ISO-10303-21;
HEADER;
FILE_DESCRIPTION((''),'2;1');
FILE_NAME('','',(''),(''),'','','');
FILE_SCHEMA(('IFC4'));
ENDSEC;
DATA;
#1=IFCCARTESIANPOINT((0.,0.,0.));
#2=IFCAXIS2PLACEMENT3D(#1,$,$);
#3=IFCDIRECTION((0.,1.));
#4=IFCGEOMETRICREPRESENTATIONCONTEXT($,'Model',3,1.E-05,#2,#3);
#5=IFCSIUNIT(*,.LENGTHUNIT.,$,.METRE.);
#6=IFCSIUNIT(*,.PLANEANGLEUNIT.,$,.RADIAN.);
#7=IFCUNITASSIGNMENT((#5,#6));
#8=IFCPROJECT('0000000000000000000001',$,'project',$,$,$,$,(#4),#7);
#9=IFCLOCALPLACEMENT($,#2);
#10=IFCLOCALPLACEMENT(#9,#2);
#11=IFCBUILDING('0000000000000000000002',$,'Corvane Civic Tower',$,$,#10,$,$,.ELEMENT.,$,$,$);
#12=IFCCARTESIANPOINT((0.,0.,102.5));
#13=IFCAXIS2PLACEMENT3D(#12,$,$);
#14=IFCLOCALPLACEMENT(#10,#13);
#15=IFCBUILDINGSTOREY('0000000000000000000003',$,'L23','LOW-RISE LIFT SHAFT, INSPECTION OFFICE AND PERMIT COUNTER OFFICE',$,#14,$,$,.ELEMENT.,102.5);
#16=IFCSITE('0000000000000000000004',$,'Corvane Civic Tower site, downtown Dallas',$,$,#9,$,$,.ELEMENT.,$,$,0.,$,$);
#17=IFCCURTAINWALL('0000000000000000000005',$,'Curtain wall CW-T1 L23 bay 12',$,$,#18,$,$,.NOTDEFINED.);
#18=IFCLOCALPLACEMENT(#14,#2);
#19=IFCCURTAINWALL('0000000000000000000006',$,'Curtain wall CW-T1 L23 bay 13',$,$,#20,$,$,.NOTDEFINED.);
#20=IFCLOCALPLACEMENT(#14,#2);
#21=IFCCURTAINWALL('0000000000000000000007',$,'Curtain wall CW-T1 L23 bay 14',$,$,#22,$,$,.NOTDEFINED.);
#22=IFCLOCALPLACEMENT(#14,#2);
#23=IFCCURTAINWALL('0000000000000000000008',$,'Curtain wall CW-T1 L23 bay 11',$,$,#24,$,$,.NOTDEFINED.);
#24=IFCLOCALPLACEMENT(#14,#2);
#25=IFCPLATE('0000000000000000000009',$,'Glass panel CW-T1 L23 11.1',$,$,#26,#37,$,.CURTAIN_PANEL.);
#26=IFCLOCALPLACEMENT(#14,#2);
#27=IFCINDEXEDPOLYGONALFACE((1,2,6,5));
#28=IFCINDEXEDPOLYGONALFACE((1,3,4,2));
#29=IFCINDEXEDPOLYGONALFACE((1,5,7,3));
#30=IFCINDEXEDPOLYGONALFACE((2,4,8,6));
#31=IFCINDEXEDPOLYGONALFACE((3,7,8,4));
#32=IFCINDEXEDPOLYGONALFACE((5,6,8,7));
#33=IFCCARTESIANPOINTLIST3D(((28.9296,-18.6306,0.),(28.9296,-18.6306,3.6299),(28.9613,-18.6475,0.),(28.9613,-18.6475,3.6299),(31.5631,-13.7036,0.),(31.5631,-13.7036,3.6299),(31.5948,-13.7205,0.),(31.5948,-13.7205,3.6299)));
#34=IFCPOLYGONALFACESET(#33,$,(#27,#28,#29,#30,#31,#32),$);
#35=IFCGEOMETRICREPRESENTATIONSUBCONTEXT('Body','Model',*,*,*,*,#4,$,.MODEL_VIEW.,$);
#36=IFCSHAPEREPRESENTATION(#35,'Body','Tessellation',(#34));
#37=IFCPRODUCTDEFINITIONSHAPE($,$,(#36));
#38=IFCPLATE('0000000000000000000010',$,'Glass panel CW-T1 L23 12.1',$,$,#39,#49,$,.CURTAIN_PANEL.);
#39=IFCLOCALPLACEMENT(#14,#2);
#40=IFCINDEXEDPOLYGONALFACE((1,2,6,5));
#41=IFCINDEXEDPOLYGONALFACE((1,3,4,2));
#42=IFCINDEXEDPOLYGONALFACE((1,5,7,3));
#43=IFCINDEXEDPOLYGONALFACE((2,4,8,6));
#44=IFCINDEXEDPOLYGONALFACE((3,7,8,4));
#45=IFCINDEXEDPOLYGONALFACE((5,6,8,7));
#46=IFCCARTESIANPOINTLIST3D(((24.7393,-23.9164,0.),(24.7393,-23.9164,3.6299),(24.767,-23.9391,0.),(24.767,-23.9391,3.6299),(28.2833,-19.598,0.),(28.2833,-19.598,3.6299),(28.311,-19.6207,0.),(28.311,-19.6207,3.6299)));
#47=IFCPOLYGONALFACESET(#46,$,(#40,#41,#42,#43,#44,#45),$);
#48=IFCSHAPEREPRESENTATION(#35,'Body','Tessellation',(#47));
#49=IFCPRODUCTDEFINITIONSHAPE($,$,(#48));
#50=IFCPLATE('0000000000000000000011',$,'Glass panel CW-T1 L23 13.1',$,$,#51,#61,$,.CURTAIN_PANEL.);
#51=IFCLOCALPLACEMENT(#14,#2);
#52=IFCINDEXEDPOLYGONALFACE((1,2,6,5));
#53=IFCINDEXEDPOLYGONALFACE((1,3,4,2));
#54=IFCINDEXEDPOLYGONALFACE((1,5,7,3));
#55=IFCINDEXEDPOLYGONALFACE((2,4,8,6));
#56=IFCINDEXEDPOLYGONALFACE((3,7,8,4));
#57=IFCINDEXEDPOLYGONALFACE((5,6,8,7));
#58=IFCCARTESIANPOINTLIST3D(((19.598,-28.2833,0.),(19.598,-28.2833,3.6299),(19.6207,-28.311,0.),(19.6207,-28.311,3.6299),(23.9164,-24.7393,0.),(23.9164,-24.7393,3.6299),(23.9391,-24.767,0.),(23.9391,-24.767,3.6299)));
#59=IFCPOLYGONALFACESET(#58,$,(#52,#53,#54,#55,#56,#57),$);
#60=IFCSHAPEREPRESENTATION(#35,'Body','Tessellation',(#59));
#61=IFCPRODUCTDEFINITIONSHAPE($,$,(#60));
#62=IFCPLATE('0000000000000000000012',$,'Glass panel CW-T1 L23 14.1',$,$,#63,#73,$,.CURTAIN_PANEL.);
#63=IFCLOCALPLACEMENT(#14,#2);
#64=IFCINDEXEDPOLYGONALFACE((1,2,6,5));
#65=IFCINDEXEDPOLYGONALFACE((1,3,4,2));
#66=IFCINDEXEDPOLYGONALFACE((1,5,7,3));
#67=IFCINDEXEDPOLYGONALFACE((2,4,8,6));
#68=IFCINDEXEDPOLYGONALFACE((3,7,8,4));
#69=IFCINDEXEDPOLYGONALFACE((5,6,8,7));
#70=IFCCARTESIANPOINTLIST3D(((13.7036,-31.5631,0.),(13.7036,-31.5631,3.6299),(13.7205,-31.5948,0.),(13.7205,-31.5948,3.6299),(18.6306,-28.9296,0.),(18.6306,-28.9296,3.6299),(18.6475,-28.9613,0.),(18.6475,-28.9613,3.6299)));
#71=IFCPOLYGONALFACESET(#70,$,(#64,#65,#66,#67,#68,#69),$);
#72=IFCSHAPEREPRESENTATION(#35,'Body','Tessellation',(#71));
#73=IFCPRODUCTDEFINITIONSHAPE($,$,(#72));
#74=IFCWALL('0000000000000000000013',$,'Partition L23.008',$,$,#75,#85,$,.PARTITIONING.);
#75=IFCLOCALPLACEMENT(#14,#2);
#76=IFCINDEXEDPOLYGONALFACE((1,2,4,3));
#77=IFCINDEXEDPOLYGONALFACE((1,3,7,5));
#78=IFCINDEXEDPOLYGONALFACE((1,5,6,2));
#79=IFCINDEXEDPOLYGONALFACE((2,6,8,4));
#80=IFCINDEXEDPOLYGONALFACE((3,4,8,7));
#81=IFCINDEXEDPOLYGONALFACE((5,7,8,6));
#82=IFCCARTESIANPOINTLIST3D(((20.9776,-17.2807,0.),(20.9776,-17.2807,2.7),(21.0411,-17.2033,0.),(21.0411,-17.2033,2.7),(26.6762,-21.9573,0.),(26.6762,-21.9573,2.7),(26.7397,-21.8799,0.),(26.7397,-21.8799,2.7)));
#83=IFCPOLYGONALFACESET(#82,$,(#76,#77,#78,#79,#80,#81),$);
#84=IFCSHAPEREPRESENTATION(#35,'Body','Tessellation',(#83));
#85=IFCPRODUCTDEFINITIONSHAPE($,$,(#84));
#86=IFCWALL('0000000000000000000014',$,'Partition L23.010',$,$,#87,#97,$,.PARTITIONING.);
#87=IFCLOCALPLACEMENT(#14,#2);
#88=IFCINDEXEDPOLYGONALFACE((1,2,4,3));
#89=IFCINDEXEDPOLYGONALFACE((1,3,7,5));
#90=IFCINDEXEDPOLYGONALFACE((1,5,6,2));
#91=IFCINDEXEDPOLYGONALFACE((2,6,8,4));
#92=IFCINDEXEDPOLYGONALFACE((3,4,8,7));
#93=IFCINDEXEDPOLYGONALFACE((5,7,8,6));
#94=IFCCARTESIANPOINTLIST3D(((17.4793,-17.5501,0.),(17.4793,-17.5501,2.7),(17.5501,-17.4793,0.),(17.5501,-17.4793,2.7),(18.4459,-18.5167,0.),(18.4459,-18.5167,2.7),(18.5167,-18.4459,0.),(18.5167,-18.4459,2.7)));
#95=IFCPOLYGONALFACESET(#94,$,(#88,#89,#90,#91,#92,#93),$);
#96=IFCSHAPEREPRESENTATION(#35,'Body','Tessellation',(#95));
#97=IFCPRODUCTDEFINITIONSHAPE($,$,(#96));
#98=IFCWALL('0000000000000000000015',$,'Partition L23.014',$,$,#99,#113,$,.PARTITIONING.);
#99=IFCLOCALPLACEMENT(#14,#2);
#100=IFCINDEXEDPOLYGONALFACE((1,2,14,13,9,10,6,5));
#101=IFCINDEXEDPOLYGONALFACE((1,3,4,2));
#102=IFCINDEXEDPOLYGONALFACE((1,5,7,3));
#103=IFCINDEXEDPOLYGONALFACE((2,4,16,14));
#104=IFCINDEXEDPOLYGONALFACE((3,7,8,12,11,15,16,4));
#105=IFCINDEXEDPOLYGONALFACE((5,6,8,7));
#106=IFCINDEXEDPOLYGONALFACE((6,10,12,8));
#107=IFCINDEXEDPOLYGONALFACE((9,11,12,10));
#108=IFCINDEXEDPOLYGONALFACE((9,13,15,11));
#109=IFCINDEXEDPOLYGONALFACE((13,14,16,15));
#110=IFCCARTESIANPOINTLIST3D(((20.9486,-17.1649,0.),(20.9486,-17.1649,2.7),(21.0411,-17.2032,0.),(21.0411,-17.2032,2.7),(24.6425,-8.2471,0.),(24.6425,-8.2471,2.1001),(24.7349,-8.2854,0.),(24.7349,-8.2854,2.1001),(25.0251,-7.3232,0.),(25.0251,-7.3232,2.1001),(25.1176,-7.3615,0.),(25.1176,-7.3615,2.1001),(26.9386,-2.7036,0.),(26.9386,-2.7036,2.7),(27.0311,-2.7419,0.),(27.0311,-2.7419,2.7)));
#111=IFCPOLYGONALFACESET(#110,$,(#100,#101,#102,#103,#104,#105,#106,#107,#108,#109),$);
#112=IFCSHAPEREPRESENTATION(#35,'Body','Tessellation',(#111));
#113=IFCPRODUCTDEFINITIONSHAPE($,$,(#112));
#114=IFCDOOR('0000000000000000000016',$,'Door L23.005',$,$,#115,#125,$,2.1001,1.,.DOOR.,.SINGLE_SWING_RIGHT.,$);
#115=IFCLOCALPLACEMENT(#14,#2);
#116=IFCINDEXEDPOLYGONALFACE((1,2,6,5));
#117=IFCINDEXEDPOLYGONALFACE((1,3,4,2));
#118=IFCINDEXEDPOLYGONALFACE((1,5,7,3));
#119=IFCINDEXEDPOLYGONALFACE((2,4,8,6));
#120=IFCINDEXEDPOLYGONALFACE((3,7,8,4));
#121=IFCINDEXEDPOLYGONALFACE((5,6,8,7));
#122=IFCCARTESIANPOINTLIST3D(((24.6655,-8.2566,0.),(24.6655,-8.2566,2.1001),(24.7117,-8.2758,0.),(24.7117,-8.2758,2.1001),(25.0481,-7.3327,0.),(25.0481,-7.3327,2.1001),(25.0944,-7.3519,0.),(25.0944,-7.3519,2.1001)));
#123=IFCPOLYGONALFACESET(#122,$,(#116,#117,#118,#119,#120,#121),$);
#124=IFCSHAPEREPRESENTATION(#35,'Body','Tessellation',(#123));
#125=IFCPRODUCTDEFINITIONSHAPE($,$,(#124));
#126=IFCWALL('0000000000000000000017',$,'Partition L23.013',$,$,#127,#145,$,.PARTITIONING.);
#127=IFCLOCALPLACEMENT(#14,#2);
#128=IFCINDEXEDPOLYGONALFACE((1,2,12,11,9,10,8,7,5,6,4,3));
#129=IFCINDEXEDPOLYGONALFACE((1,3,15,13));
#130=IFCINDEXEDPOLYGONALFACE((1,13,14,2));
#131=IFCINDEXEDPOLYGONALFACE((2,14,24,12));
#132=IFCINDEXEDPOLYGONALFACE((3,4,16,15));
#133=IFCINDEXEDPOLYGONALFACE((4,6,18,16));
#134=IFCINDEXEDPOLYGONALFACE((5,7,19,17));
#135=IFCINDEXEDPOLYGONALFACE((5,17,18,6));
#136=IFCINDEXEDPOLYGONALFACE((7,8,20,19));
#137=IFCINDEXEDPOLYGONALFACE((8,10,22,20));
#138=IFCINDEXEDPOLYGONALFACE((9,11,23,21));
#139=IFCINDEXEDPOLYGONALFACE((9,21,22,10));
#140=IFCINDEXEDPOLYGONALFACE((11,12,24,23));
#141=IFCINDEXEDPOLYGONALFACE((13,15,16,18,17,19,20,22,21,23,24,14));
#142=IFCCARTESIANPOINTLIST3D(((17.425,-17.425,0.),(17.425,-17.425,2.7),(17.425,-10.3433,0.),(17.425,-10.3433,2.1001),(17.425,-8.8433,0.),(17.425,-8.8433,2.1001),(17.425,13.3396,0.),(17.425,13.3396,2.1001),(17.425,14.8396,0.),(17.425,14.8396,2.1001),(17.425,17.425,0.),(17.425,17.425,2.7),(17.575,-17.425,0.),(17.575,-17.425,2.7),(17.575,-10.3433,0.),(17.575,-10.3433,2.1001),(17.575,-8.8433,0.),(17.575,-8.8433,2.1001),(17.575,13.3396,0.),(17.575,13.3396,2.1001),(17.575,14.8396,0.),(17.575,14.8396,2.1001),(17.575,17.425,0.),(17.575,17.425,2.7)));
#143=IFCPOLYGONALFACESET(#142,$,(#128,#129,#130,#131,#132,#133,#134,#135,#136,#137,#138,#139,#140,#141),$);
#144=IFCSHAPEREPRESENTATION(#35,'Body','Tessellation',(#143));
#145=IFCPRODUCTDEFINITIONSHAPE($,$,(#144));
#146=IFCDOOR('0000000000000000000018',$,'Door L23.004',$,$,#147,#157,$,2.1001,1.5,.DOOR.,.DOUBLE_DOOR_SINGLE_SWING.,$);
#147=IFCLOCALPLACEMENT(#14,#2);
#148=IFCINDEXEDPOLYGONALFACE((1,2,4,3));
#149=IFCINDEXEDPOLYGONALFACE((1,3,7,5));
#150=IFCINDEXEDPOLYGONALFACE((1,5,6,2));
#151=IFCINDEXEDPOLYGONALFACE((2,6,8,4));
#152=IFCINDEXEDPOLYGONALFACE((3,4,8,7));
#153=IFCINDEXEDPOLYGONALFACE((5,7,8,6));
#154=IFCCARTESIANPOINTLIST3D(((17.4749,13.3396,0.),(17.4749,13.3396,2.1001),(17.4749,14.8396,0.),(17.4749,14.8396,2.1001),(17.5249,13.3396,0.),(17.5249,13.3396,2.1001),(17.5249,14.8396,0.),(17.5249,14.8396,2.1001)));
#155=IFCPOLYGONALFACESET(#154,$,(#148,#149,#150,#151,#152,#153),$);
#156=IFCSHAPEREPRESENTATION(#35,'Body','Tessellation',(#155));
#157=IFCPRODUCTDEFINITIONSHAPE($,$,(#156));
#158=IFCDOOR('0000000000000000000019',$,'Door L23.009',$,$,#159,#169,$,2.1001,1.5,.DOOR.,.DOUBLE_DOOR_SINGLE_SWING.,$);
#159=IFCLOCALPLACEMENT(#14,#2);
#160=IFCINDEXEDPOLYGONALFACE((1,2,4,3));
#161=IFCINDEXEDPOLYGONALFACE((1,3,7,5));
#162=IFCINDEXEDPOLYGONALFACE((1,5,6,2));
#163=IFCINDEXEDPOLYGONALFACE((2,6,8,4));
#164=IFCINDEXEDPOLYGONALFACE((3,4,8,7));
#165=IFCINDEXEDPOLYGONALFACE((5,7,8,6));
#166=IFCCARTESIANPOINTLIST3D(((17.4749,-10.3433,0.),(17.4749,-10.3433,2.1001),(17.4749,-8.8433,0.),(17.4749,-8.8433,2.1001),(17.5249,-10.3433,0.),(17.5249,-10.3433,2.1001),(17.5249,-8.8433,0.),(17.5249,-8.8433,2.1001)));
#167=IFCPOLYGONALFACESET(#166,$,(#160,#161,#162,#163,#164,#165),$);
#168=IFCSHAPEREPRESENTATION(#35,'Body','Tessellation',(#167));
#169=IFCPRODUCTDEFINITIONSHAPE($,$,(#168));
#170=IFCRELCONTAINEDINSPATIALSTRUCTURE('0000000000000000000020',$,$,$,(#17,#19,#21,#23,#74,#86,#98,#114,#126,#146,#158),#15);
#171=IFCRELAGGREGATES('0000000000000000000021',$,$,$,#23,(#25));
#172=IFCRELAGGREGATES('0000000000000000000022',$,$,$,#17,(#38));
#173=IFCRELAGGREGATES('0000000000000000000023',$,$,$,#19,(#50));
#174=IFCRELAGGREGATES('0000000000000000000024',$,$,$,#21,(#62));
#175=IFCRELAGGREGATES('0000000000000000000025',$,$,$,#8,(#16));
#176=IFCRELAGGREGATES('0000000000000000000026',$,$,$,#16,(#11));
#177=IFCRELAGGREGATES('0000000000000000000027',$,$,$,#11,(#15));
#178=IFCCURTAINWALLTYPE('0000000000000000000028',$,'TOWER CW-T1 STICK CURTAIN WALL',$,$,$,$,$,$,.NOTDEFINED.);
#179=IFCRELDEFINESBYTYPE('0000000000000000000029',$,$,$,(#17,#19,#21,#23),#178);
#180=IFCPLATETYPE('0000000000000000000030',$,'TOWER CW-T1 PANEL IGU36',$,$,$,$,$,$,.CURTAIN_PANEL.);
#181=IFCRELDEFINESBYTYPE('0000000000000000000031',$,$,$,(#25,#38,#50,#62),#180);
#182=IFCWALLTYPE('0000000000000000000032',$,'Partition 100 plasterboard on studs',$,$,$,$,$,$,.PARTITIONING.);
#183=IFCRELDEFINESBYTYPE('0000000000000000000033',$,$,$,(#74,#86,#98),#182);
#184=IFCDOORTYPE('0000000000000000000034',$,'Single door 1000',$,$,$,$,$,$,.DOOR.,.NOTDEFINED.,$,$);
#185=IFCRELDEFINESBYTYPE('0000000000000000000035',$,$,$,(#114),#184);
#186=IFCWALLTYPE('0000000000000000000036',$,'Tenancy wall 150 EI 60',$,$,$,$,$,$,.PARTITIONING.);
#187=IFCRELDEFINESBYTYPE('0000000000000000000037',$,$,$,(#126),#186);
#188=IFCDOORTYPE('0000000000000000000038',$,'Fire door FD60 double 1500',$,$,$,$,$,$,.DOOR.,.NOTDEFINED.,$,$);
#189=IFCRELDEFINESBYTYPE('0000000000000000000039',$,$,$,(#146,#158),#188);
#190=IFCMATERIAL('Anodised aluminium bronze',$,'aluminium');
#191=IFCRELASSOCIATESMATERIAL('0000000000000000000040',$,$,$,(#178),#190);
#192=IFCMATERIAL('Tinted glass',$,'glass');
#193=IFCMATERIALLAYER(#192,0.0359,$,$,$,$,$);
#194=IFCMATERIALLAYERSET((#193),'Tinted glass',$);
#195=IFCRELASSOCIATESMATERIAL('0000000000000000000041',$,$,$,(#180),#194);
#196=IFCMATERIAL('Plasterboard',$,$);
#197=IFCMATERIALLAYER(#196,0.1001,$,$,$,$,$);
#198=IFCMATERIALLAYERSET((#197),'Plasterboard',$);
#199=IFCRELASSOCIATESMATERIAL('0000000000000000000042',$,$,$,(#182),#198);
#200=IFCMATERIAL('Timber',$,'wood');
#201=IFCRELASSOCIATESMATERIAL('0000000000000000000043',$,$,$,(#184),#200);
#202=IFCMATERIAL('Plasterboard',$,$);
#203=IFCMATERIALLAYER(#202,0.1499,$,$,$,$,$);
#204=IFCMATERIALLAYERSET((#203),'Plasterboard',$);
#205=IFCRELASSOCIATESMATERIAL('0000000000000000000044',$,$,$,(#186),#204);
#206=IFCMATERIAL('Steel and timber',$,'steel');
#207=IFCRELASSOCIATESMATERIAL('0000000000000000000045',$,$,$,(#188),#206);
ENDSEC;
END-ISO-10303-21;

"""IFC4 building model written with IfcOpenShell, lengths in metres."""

from ifc_helpers import new_model, si_unit, direction, frame, frame_2d, origin, origin_2d, place, context, subcontext, project, spatial, rectangle, extrude, material, layer, layer_set, type_object, element, fill, aggregate, save


model = new_model("IFC4")

# Units and contexts
model_context = context("Model", 3, precision=1e-05, world=origin(), true_north=direction((0.0, 1.0)))
body_context = subcontext(model_context, "Body", "Model", "MODEL_VIEW")
ifc_project = project(units=[si_unit("LENGTHUNIT", "METRE"), si_unit("PLANEANGLEUNIT", "RADIAN")], contexts=[model_context])

# Site, building, storey
site_placement = place(None, origin())
site = spatial("IfcSite", under=ifc_project, at=site_placement, Name="Corvane Civic Tower site, downtown Dallas", CompositionType="ELEMENT", RefElevation=0.0)
building_placement = place(site_placement, origin())
building = spatial("IfcBuilding", under=site, at=building_placement, Name="Corvane Civic Tower", CompositionType="ELEMENT")
storey_placement = place(building_placement, frame((0.0, 0.0, 102.5)))
storey = spatial("IfcBuildingStorey", under=building, at=storey_placement, Name="L23", Description="LOW-RISE LIFT SHAFT, INSPECTION OFFICE AND PERMIT COUNTER OFFICE", CompositionType="ELEMENT", Elevation=102.5)

# Curtain walls
ifc_material_1 = material(Name="Anodised aluminium bronze", Category="aluminium")
curtain_wall_type = type_object("IfcCurtainWallType", Name="TOWER CW-T1 STICK CURTAIN WALL", PredefinedType="NOTDEFINED", material=ifc_material_1)
curtain_wall_1_placement = place(storey_placement, origin())
curtain_wall_1 = element("IfcCurtainWall", 1, at=curtain_wall_1_placement, inside=storey, type_object=curtain_wall_type, Name="Curtain wall CW-T1 L23 bay 12", PredefinedType="NOTDEFINED")
curtain_wall_2_placement = place(storey_placement, origin())
curtain_wall_2 = element("IfcCurtainWall", 2, at=curtain_wall_2_placement, inside=storey, type_object=curtain_wall_type, Name="Curtain wall CW-T1 L23 bay 13", PredefinedType="NOTDEFINED")
curtain_wall_3_placement = place(storey_placement, origin())
curtain_wall_3 = element("IfcCurtainWall", 3, at=curtain_wall_3_placement, inside=storey, type_object=curtain_wall_type, Name="Curtain wall CW-T1 L23 bay 14", PredefinedType="NOTDEFINED")

# Curtain wall, plate
curtain_wall_4_placement = place(storey_placement, origin())
curtain_wall_4 = element("IfcCurtainWall", 4, at=curtain_wall_4_placement, inside=storey, type_object=curtain_wall_type, Name="Curtain wall CW-T1 L23 bay 11", PredefinedType="NOTDEFINED")
ifc_material_2 = material(Name="Tinted glass", Category="glass")
ifc_layer_1 = layer(ifc_material_2, 0.0359)
ifc_layer_set_1 = layer_set([ifc_layer_1], Name="Tinted glass")
plate_type = type_object("IfcPlateType", Name="TOWER CW-T1 PANEL IGU36", PredefinedType="CURTAIN_PANEL", material=ifc_layer_set_1)
plate_1_placement = place(storey_placement, frame((30.2622, -16.1755, 0.0), z_axis=(0.0, 0.0, 1.0), x_axis=(-0.471392, -0.881924, 0.0)))
plate_1 = element("IfcPlate", 5, at=plate_1_placement, type_object=plate_type, Name="Glass panel CW-T1 L23 11.1", PredefinedType="CURTAIN_PANEL", context=body_context, shape_type="SweptSolid", body=[
    extrude(rectangle(XDim=5.5867, YDim=0.0359, at=origin_2d()), origin(), (0.0, 0.0, 1.0), 3.6299),
])
aggregate(curtain_wall_4, [plate_1])

# Plates
plate_2_placement = place(storey_placement, frame((26.5251, -21.7686, 0.0), z_axis=(0.0, 0.0, 1.0), x_axis=(-0.63439, -0.773013, 0.0)))
plate_2 = element("IfcPlate", 6, at=plate_2_placement, type_object=plate_type, Name="Glass panel CW-T1 L23 12.1", PredefinedType="CURTAIN_PANEL", context=body_context, shape_type="SweptSolid", body=[
    extrude(rectangle(XDim=5.5864, YDim=0.0359, at=origin_2d()), origin(), (0.0, 0.0, 1.0), 3.6299),
])
aggregate(curtain_wall_1, [plate_2])
plate_3_placement = place(storey_placement, frame((21.7686, -26.5251, 0.0), z_axis=(0.0, 0.0, 1.0), x_axis=(-0.773013, -0.63439, 0.0)))
plate_3 = element("IfcPlate", 7, at=plate_3_placement, type_object=plate_type, Name="Glass panel CW-T1 L23 13.1", PredefinedType="CURTAIN_PANEL", context=body_context, shape_type="SweptSolid", body=[
    extrude(rectangle(XDim=5.5864, YDim=0.0359, at=origin_2d()), origin(), (0.0, 0.0, 1.0), 3.6299),
])
aggregate(curtain_wall_2, [plate_3])
plate_4_placement = place(storey_placement, frame((16.1755, -30.2622, 0.0), z_axis=(0.0, 0.0, 1.0), x_axis=(-0.881924, -0.471392, 0.0)))
plate_4 = element("IfcPlate", 8, at=plate_4_placement, type_object=plate_type, Name="Glass panel CW-T1 L23 14.1", PredefinedType="CURTAIN_PANEL", context=body_context, shape_type="SweptSolid", body=[
    extrude(rectangle(XDim=5.5867, YDim=0.0359, at=origin_2d()), origin(), (0.0, 0.0, 1.0), 3.6299),
])
aggregate(curtain_wall_3, [plate_4])

# Walls
ifc_material_3 = material(Name="Plasterboard")
ifc_layer_2 = layer(ifc_material_3, 0.1001)
ifc_layer_set_2 = layer_set([ifc_layer_2], Name="Plasterboard")
wall_type_1 = type_object("IfcWallType", Name="Partition 100 plasterboard on studs", PredefinedType="PARTITIONING", material=ifc_layer_set_2)
wall_1_placement = place(storey_placement, frame((21.0093, -17.2419, 0.0), z_axis=(0.0, 0.0, 1.0), x_axis=(0.773018, -0.634384, 0.0)))
element("IfcWall", 9, at=wall_1_placement, inside=storey, type_object=wall_type_1, Name="Partition L23.008", PredefinedType="PARTITIONING", context=body_context, shape_type="SweptSolid", body=[
    extrude(rectangle(XDim=7.3718, YDim=0.1001, at=frame_2d((3.686, 0.0))), origin(), (0.0, 0.0, 1.0), 2.7),
])
wall_2_placement = place(storey_placement, frame((17.5146, -17.5146, 0.0), z_axis=(0.0, 0.0, 1.0), x_axis=(0.707107, -0.707107, 0.0)))
element("IfcWall", 10, at=wall_2_placement, inside=storey, type_object=wall_type_1, Name="Partition L23.010", PredefinedType="PARTITIONING", context=body_context, shape_type="SweptSolid", body=[
    extrude(rectangle(XDim=1.3669, YDim=0.1001, at=frame_2d((0.6836, 0.0))), origin(), (0.0, 0.0, 1.0), 2.7),
])

# Wall, opening, door
wall_3_placement = place(storey_placement, frame((20.9949, -17.1841, 0.0), z_axis=(0.0, 0.0, 1.0), x_axis=(0.382676, 0.923882, 0.0)))
wall_3 = element("IfcWall", 11, at=wall_3_placement, inside=storey, type_object=wall_type_1, Name="Partition L23.014", PredefinedType="PARTITIONING", context=body_context, shape_type="SweptSolid", body=[
    extrude(rectangle(XDim=15.6528, YDim=0.1001, at=frame_2d((7.8264, 0.0))), origin(), (0.0, 0.0, 1.0), 2.7),
])
opening_1_placement = place(wall_3_placement, frame((9.6526, 0.0, 0.0)))
opening_1 = element("IfcOpeningElement", 12, at=opening_1_placement, cuts=wall_3, PredefinedType="OPENING", context=body_context, shape_type="SweptSolid", body=[
    extrude(rectangle(XDim=1.0, YDim=2.1001, at=frame_2d((0.5, 1.05))), frame((0.0, 0.0601, 0.0), z_axis=(0.0, -1.0, 0.0), x_axis=(1.0, 0.0, 0.0)), (0.0, 0.0, 1.0), 0.1201),
])
ifc_material_4 = material(Name="Timber", Category="wood")
door_type_1 = type_object("IfcDoorType", Name="Single door 1000", OperationType="NOTDEFINED", PredefinedType="DOOR", material=ifc_material_4)
door_1_placement = place(opening_1_placement, frame((1.0, 0.0, 0.0), z_axis=(0.0, 0.0, 1.0), x_axis=(-1.0, 0.0, 0.0)))
door_1 = element("IfcDoor", 13, at=door_1_placement, inside=storey, type_object=door_type_1, Name="Door L23.005", OperationType="SINGLE_SWING_RIGHT", OverallHeight=2.1001, OverallWidth=1.0, PredefinedType="DOOR", context=body_context, shape_type="SweptSolid", body=[
    extrude(rectangle(XDim=1.0, YDim=2.1001, at=frame_2d((0.5, 1.05))), frame((0.0, 0.0249, 0.0), z_axis=(0.0, -1.0, 0.0), x_axis=(1.0, 0.0, 0.0)), (0.0, 0.0, 1.0), 0.05),
])
fill(opening_1, door_1)

# Wall, openings, doors
ifc_material_5 = material(Name="Plasterboard")
ifc_layer_3 = layer(ifc_material_5, 0.1499)
ifc_layer_set_3 = layer_set([ifc_layer_3], Name="Plasterboard")
wall_type_2 = type_object("IfcWallType", Name="Tenancy wall 150 EI 60", PredefinedType="PARTITIONING", material=ifc_layer_set_3)
wall_4_placement = place(storey_placement, frame((17.5, -17.425, 0.0), z_axis=(0.0, 0.0, 1.0), x_axis=(0.0, 1.0, 0.0)))
wall_4 = element("IfcWall", 14, at=wall_4_placement, inside=storey, type_object=wall_type_2, Name="Partition L23.013", PredefinedType="PARTITIONING", context=body_context, shape_type="SweptSolid", body=[
    extrude(rectangle(XDim=34.8501, YDim=0.1499, at=frame_2d((17.425, 0.0))), origin(), (0.0, 0.0, 1.0), 2.7),
])
opening_2_placement = place(wall_4_placement, frame((30.7646, 0.0, 0.0)))
opening_2 = element("IfcOpeningElement", 15, at=opening_2_placement, cuts=wall_4, PredefinedType="OPENING", context=body_context, shape_type="SweptSolid", body=[
    extrude(rectangle(XDim=1.5, YDim=2.1001, at=frame_2d((0.75, 1.05))), frame((0.0, 0.085, 0.0), z_axis=(0.0, -1.0, 0.0), x_axis=(1.0, 0.0, 0.0)), (0.0, 0.0, 1.0), 0.1699),
])
opening_3_placement = place(wall_4_placement, frame((7.0818, 0.0, 0.0)))
opening_3 = element("IfcOpeningElement", 16, at=opening_3_placement, cuts=wall_4, PredefinedType="OPENING", context=body_context, shape_type="SweptSolid", body=[
    extrude(rectangle(XDim=1.5, YDim=2.1001, at=frame_2d((0.75, 1.05))), frame((0.0, 0.085, 0.0), z_axis=(0.0, -1.0, 0.0), x_axis=(1.0, 0.0, 0.0)), (0.0, 0.0, 1.0), 0.1699),
])
ifc_material_6 = material(Name="Steel and timber", Category="steel")
door_type_2 = type_object("IfcDoorType", Name="Fire door FD60 double 1500", OperationType="NOTDEFINED", PredefinedType="DOOR", material=ifc_material_6)
door_2_placement = place(opening_2_placement, frame((1.5, 0.0, 0.0), z_axis=(0.0, 0.0, 1.0), x_axis=(-1.0, 0.0, 0.0)))
door_2 = element("IfcDoor", 17, at=door_2_placement, inside=storey, type_object=door_type_2, Name="Door L23.004", OperationType="DOUBLE_DOOR_SINGLE_SWING", OverallHeight=2.1001, OverallWidth=1.5, PredefinedType="DOOR", context=body_context, shape_type="SweptSolid", body=[
    extrude(rectangle(XDim=1.5, YDim=2.1001, at=frame_2d((0.75, 1.05))), frame((0.0, 0.0249, 0.0), z_axis=(0.0, -1.0, 0.0), x_axis=(1.0, 0.0, 0.0)), (0.0, 0.0, 1.0), 0.05),
])
fill(opening_2, door_2)
door_3_placement = place(opening_3_placement, frame((1.5, 0.0, 0.0), z_axis=(0.0, 0.0, 1.0), x_axis=(-1.0, 0.0, 0.0)))
door_3 = element("IfcDoor", 18, at=door_3_placement, inside=storey, type_object=door_type_2, Name="Door L23.009", OperationType="DOUBLE_DOOR_SINGLE_SWING", OverallHeight=2.1001, OverallWidth=1.5, PredefinedType="DOOR", context=body_context, shape_type="SweptSolid", body=[
    extrude(rectangle(XDim=1.5, YDim=2.1001, at=frame_2d((0.75, 1.05))), frame((0.0, 0.0249, 0.0), z_axis=(0.0, -1.0, 0.0), x_axis=(1.0, 0.0, 0.0)), (0.0, 0.0, 1.0), 0.05),
])
fill(opening_3, door_3)

save(model, "model.ifc")
